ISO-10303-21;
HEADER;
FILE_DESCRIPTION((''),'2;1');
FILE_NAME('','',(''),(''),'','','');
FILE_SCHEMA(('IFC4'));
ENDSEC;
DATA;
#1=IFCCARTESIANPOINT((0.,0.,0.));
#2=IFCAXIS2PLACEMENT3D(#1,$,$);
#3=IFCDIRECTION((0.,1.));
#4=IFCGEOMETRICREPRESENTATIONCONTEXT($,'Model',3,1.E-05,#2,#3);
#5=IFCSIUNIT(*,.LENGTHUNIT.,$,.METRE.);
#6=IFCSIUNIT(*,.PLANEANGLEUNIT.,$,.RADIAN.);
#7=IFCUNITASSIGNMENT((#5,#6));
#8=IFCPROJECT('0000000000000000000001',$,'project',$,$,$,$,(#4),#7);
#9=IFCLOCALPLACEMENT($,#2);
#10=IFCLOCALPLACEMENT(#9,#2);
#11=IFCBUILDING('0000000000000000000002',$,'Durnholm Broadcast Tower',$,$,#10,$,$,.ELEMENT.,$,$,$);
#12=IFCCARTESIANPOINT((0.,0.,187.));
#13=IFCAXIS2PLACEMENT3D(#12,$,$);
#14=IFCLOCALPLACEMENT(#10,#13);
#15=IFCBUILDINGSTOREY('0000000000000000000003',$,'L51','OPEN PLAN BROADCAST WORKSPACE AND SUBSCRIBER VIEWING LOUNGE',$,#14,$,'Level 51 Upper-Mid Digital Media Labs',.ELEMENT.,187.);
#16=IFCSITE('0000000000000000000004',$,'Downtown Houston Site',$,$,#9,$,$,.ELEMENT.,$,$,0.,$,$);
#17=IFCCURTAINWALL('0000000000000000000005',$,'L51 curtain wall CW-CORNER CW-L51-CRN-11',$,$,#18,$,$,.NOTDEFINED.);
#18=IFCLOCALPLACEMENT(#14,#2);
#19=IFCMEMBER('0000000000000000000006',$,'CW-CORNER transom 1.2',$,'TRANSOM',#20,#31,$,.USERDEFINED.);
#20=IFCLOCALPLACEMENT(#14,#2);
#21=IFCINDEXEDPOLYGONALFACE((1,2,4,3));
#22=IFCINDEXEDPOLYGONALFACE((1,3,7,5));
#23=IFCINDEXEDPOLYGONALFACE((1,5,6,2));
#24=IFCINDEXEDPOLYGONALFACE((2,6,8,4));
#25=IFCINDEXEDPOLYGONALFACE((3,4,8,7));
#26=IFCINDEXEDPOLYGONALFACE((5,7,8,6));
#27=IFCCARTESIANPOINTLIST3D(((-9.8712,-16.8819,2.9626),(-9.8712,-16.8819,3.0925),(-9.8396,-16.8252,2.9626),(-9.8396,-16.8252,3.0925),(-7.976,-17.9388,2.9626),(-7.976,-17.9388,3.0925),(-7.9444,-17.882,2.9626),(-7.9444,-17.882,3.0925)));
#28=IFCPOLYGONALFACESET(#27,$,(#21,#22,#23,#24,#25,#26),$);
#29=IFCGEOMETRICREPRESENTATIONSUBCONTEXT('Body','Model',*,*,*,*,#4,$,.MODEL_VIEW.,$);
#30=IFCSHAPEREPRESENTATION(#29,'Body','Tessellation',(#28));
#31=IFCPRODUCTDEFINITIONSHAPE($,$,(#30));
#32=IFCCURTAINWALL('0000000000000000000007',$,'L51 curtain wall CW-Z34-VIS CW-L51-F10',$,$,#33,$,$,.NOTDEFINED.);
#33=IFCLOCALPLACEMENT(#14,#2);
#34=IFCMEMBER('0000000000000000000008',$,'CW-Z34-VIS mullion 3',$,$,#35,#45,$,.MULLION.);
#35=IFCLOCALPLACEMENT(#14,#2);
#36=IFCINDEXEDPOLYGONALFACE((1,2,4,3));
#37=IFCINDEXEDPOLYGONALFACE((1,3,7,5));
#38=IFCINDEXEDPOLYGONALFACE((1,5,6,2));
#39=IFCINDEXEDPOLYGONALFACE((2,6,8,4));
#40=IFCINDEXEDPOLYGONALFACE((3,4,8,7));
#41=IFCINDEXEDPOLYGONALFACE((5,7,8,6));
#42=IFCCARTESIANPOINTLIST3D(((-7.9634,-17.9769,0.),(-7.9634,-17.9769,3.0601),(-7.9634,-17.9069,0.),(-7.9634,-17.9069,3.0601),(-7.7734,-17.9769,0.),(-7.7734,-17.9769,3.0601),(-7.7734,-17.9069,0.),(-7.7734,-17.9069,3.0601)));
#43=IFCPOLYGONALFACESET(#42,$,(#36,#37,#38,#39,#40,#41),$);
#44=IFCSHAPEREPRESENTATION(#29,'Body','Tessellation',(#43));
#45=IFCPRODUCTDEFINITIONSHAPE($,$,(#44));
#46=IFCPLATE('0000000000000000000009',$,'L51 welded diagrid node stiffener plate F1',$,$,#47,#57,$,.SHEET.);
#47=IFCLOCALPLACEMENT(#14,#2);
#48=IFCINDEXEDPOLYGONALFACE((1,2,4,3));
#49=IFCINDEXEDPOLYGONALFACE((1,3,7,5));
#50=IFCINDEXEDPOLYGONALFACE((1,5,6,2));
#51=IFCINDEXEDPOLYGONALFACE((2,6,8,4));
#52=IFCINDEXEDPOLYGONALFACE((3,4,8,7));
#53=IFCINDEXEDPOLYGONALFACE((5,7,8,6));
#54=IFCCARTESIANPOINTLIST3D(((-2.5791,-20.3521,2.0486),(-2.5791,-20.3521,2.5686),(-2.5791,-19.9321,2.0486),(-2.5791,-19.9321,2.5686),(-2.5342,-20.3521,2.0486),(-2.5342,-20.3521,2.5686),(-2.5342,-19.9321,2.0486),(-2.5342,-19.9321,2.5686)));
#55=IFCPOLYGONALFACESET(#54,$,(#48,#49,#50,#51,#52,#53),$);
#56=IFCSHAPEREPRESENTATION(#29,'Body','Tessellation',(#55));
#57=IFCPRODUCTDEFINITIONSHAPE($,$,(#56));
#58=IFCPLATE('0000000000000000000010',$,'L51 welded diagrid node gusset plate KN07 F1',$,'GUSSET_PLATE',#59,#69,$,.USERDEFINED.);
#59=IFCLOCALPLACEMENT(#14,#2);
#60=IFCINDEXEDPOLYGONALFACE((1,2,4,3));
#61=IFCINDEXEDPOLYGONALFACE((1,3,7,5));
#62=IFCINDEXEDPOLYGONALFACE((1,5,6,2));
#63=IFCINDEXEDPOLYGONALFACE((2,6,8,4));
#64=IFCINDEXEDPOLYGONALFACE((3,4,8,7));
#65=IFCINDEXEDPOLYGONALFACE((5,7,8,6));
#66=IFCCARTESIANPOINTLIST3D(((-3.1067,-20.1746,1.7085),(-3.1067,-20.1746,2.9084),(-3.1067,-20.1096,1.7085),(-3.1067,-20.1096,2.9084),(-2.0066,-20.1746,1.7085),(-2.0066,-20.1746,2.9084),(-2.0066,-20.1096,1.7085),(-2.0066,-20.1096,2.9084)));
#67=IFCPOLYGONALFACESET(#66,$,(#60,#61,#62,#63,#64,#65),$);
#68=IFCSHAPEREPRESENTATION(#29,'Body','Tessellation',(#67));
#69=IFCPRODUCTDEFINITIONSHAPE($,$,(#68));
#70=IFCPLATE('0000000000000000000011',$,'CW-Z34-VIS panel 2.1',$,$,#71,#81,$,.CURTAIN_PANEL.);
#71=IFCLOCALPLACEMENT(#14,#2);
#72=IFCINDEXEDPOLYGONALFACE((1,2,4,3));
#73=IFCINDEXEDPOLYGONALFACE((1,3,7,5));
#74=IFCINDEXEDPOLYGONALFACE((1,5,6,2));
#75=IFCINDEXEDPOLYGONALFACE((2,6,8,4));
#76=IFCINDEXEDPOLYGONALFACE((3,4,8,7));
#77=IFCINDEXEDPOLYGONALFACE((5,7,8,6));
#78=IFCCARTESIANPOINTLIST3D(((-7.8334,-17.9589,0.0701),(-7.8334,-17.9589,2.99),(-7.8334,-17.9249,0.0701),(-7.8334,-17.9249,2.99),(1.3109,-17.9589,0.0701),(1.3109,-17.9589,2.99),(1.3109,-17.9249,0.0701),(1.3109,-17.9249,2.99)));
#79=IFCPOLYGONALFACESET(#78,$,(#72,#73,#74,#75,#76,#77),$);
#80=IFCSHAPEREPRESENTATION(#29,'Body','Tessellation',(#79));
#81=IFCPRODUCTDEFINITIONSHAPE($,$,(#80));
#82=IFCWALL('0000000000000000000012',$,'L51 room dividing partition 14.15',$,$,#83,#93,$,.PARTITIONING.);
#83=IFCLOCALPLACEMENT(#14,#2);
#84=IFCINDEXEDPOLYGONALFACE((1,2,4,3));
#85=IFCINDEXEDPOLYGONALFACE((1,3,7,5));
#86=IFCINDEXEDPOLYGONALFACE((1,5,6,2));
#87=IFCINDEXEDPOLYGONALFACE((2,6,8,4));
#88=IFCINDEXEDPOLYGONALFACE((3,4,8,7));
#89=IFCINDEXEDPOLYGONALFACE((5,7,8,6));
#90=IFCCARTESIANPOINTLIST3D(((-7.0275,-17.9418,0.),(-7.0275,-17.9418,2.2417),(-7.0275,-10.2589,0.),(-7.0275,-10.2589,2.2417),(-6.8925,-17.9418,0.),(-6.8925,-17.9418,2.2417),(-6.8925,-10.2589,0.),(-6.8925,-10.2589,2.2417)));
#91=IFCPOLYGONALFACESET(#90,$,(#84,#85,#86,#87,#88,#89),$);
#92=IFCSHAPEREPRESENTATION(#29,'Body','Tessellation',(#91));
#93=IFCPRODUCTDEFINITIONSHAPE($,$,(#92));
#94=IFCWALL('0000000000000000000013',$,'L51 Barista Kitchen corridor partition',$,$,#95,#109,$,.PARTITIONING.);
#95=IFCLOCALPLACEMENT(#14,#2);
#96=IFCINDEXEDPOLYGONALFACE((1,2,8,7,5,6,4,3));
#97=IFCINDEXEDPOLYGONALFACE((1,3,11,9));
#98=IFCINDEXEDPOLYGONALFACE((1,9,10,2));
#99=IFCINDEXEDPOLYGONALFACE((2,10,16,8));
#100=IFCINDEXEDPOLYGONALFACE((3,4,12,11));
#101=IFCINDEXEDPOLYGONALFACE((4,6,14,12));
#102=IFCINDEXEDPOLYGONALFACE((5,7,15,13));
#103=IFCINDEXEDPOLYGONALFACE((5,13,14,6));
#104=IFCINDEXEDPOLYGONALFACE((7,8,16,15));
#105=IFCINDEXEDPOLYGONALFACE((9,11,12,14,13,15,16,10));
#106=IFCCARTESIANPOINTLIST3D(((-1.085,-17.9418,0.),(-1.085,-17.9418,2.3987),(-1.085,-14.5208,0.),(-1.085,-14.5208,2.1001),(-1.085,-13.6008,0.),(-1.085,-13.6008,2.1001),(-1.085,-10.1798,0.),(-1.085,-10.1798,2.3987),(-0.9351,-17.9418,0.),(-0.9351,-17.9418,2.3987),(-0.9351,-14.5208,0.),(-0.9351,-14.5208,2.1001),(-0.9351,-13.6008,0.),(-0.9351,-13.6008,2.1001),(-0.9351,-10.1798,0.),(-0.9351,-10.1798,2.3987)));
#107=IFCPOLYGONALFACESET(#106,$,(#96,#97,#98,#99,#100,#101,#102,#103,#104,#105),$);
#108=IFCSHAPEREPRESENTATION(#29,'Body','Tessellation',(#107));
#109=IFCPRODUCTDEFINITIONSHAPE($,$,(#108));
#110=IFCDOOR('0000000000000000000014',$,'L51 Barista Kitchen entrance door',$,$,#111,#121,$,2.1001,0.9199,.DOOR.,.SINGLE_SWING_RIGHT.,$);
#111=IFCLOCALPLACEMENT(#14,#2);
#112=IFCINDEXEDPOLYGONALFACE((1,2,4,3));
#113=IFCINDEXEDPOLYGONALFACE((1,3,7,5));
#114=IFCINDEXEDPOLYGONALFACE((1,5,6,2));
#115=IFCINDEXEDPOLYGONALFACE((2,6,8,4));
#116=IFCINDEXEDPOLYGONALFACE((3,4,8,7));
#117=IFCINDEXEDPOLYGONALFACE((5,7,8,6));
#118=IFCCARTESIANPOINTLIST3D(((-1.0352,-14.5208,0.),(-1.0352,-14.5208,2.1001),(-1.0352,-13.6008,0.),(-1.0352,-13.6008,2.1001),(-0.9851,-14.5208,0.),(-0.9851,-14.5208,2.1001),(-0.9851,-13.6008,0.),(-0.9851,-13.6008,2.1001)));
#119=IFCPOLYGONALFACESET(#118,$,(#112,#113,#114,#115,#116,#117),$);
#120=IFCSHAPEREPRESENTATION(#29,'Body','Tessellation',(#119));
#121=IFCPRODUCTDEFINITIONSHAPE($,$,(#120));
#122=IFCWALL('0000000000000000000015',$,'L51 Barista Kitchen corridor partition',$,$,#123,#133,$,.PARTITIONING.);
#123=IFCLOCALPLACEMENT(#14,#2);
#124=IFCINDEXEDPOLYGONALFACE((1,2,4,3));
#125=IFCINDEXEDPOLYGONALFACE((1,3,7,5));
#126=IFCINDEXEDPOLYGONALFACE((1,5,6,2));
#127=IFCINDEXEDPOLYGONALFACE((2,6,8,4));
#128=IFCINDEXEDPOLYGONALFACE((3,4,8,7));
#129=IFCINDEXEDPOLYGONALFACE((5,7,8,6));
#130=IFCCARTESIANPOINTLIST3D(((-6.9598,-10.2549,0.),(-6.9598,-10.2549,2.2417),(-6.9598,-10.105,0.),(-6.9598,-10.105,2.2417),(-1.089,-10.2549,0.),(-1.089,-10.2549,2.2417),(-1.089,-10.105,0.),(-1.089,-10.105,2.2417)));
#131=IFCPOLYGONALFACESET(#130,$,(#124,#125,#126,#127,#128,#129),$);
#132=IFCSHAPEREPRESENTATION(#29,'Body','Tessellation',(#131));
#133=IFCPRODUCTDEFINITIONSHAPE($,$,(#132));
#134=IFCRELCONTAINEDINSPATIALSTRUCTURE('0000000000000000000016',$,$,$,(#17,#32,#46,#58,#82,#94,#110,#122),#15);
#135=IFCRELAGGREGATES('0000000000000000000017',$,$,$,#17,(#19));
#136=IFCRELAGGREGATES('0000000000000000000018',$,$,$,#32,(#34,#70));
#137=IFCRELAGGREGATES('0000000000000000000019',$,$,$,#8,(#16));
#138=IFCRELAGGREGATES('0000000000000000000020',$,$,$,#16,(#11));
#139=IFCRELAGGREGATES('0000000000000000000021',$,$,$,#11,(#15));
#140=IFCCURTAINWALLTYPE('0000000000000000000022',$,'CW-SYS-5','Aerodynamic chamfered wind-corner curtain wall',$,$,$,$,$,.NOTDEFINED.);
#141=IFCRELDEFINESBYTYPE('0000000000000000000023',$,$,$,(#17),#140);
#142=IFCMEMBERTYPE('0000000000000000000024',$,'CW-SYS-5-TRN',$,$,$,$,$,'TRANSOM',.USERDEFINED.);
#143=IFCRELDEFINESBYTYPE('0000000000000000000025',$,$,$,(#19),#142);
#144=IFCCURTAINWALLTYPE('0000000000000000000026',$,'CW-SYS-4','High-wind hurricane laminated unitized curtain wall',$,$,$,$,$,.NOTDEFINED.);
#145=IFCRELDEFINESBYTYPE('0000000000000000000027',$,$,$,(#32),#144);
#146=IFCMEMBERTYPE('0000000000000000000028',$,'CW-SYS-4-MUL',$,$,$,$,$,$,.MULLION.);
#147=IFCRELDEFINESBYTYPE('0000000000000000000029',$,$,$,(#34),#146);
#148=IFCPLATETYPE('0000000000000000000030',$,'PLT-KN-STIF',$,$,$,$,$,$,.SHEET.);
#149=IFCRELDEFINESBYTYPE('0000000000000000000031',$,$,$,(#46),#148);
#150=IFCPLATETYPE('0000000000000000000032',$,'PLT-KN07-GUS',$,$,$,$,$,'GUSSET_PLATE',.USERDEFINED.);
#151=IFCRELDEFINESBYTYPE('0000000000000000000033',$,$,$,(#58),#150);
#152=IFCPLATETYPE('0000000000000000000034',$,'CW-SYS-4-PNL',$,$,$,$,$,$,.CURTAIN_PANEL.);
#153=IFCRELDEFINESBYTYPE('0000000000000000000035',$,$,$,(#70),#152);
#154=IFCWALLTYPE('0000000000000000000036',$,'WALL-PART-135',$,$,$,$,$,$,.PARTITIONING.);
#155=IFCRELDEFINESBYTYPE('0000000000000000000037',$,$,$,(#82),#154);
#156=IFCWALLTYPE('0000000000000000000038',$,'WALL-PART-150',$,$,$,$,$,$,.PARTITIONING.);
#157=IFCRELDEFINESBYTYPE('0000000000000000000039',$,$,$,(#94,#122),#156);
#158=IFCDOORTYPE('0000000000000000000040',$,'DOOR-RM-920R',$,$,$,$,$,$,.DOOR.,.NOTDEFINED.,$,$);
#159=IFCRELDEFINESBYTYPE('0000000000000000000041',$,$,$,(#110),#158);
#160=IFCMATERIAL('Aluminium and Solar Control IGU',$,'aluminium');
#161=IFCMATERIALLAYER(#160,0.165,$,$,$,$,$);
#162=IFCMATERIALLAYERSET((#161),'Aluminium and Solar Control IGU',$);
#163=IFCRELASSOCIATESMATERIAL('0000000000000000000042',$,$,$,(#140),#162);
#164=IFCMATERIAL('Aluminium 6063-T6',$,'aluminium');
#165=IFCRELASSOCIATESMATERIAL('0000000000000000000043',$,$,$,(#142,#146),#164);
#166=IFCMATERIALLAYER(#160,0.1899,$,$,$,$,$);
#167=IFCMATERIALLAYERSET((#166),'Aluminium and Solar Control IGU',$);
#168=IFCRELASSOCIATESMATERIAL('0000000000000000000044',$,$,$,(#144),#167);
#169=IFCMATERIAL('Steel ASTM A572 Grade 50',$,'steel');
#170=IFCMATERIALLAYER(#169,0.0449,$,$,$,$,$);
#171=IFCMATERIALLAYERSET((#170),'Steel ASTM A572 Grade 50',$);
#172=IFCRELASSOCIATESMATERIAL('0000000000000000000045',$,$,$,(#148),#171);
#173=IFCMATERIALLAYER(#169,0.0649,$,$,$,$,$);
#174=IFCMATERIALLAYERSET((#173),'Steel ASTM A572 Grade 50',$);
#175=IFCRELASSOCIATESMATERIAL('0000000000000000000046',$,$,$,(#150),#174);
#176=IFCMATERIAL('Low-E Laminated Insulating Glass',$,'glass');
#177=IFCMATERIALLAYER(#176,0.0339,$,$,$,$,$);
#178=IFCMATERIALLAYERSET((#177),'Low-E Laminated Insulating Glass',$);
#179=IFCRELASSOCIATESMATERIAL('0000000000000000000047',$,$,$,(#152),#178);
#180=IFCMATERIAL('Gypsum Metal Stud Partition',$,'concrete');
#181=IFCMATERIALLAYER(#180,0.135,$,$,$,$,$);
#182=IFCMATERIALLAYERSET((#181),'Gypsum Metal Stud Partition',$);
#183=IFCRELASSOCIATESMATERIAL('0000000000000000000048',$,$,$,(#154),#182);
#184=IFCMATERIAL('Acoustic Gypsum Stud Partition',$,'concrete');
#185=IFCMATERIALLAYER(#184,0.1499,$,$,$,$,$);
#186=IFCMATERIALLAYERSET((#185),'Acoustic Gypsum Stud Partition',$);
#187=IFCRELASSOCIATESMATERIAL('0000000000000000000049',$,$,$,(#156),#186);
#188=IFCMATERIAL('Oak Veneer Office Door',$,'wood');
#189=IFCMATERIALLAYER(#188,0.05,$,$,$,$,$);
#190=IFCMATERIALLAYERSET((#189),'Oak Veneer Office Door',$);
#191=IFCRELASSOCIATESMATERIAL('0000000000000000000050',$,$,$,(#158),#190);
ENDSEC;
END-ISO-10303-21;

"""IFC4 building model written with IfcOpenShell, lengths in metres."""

from ifc_helpers import new_model, si_unit, direction, frame, frame_2d, origin, origin_2d, place, context, subcontext, project, spatial, rectangle, extrude, source, transform, mapped, material, layer, layer_set, material_profile, profile_set, type_object, type_shapes, element, fill, aggregate, save


model = new_model("IFC4")

# Units and contexts
model_context = context("Model", 3, precision=1e-05, world=origin(), true_north=direction((0.0, 1.0)))
body_context = subcontext(model_context, "Body", "Model", "MODEL_VIEW")
ifc_project = project(units=[si_unit("LENGTHUNIT", "METRE"), si_unit("PLANEANGLEUNIT", "RADIAN")], contexts=[model_context])

# Site, building, storey
site_placement = place(None, origin())
site = spatial("IfcSite", under=ifc_project, at=site_placement, Name="Downtown Houston Site", CompositionType="ELEMENT", RefElevation=0.0)
building_placement = place(site_placement, origin())
building = spatial("IfcBuilding", under=site, at=building_placement, Name="Durnholm Broadcast Tower", CompositionType="ELEMENT")
storey_placement = place(building_placement, frame((0.0, 0.0, 187.0)))
storey = spatial("IfcBuildingStorey", under=building, at=storey_placement, Name="L51", Description="OPEN PLAN BROADCAST WORKSPACE AND SUBSCRIBER VIEWING LOUNGE", LongName="Level 51 Upper-Mid Digital Media Labs", CompositionType="ELEMENT", Elevation=187.0)

# Curtain wall, member
ifc_material_1 = material(Name="Aluminium and Solar Control IGU", Category="aluminium")
ifc_layer_1 = layer(ifc_material_1, 0.165)
ifc_layer_set_1 = layer_set([ifc_layer_1], Name="Aluminium and Solar Control IGU")
curtain_wall_type_1 = type_object("IfcCurtainWallType", Name="CW-SYS-5", Description="Aerodynamic chamfered wind-corner curtain wall", PredefinedType="NOTDEFINED", material=ifc_layer_set_1)
curtain_wall_1_placement = place(storey_placement, origin())
curtain_wall_1 = element("IfcCurtainWall", 1, at=curtain_wall_1_placement, inside=storey, type_object=curtain_wall_type_1, Name="L51 curtain wall CW-CORNER CW-L51-CRN-11", PredefinedType="NOTDEFINED")
ifc_material_2 = material(Name="Aluminium 6063-T6", Category="aluminium")
ifc_material_profile_1 = material_profile(ifc_material_2, rectangle(XDim=0.0649, YDim=0.1299, at=origin_2d()), Name="CWT65X130")
ifc_profile_set_1 = profile_set([ifc_material_profile_1], Name="Aluminium 6063-T6")
member_type_1 = type_object("IfcMemberType", Name="CW-SYS-5-TRN", ElementType="TRANSOM", PredefinedType="USERDEFINED", material=ifc_profile_set_1)
shared_shape_1 = source(origin(), body_context, "Body", "SweptSolid", [
    extrude(rectangle(XDim=0.0649, YDim=0.1299, at=origin_2d()), origin(), (0.0, 0.0, 1.0), 2.1699),
])
type_shapes(member_type_1, [shared_shape_1])
member_1_placement = place(storey_placement, frame((-7.9602, -17.9104, 3.0276), z_axis=(-0.873381, 0.487037, 0.0), x_axis=(-0.487037, -0.873381, 0.0)))
member_1 = element("IfcMember", 2, at=member_1_placement, type_object=member_type_1, Name="CW-CORNER transom 1.2", ObjectType="TRANSOM", PredefinedType="USERDEFINED", context=body_context, shape_type="MappedRepresentation", body=[
    mapped(shared_shape_1, transform((0.0, 0.0, 0.0), x_axis=(1.0, 0.0, 0.0), y_axis=(0.0, 1.0, 0.0), z_axis=(0.0, 0.0, 1.0), scale=1.0)),
])
aggregate(curtain_wall_1, [member_1])

# Curtain wall, member
ifc_layer_2 = layer(ifc_material_1, 0.1899)
ifc_layer_set_2 = layer_set([ifc_layer_2], Name="Aluminium and Solar Control IGU")
curtain_wall_type_2 = type_object("IfcCurtainWallType", Name="CW-SYS-4", Description="High-wind hurricane laminated unitized curtain wall", PredefinedType="NOTDEFINED", material=ifc_layer_set_2)
curtain_wall_2_placement = place(storey_placement, origin())
curtain_wall_2 = element("IfcCurtainWall", 3, at=curtain_wall_2_placement, inside=storey, type_object=curtain_wall_type_2, Name="L51 curtain wall CW-Z34-VIS CW-L51-F10", PredefinedType="NOTDEFINED")
ifc_material_profile_2 = material_profile(ifc_material_2, rectangle(XDim=0.0701, YDim=0.1899, at=origin_2d()), Name="CWM70X190")
ifc_profile_set_2 = profile_set([ifc_material_profile_2], Name="Aluminium 6063-T6")
member_type_2 = type_object("IfcMemberType", Name="CW-SYS-4-MUL", PredefinedType="MULLION", material=ifc_profile_set_2)
shared_shape_2 = source(origin(), body_context, "Body", "SweptSolid", [
    extrude(rectangle(XDim=0.0701, YDim=0.1899, at=origin_2d()), origin(), (0.0, 0.0, 1.0), 3.0601),
])
type_shapes(member_type_2, [shared_shape_2])
member_2_placement = place(storey_placement, frame((-7.8684, -17.9419, 0.0), z_axis=(0.0, 0.0, 1.0), x_axis=(0.0, -1.0, 0.0)))
member_2 = element("IfcMember", 4, at=member_2_placement, type_object=member_type_2, Name="CW-Z34-VIS mullion 3", PredefinedType="MULLION", context=body_context, shape_type="MappedRepresentation", body=[
    mapped(shared_shape_2, transform((0.0, 0.0, 0.0), x_axis=(1.0, 0.0, 0.0), y_axis=(0.0, 1.0, 0.0), z_axis=(0.0, 0.0, 1.0), scale=1.0)),
])

# Plates
ifc_material_3 = material(Name="Steel ASTM A572 Grade 50", Category="steel")
ifc_layer_3 = layer(ifc_material_3, 0.0449)
ifc_layer_set_3 = layer_set([ifc_layer_3], Name="Steel ASTM A572 Grade 50")
plate_type_1 = type_object("IfcPlateType", Name="PLT-KN-STIF", PredefinedType="SHEET", material=ifc_layer_set_3)
shared_shape_3 = source(origin(), body_context, "Body", "SweptSolid", [
    extrude(rectangle(XDim=0.0449, YDim=0.4199, at=origin_2d()), origin(), (0.0, 0.0, 1.0), 0.52),
])
type_shapes(plate_type_1, [shared_shape_3])
plate_1_placement = place(storey_placement, frame((-2.5566, -20.1421, 2.0486), z_axis=(0.0, 0.0, 1.0), x_axis=(1.0, 0.0, 0.0)))
element("IfcPlate", 5, at=plate_1_placement, inside=storey, type_object=plate_type_1, Name="L51 welded diagrid node stiffener plate F1", PredefinedType="SHEET", context=body_context, shape_type="MappedRepresentation", body=[
    mapped(shared_shape_3, transform((0.0, 0.0, 0.0), x_axis=(1.0, 0.0, 0.0), y_axis=(0.0, 1.0, 0.0), z_axis=(0.0, 0.0, 1.0), scale=1.0)),
])
ifc_layer_4 = layer(ifc_material_3, 0.0649)
ifc_layer_set_4 = layer_set([ifc_layer_4], Name="Steel ASTM A572 Grade 50")
plate_type_2 = type_object("IfcPlateType", Name="PLT-KN07-GUS", ElementType="GUSSET_PLATE", PredefinedType="USERDEFINED", material=ifc_layer_set_4)
shared_shape_4 = source(origin(), body_context, "Body", "SweptSolid", [
    extrude(rectangle(XDim=1.1001, YDim=0.0649, at=origin_2d()), origin(), (0.0, 0.0, 1.0), 1.2),
])
type_shapes(plate_type_2, [shared_shape_4])
plate_2_placement = place(storey_placement, frame((-2.5566, -20.1421, 1.7085), z_axis=(0.0, 0.0, 1.0), x_axis=(1.0, 0.0, 0.0)))
element("IfcPlate", 6, at=plate_2_placement, inside=storey, type_object=plate_type_2, Name="L51 welded diagrid node gusset plate KN07 F1", ObjectType="GUSSET_PLATE", PredefinedType="USERDEFINED", context=body_context, shape_type="MappedRepresentation", body=[
    mapped(shared_shape_4, transform((0.0, 0.0, 0.0), x_axis=(1.0, 0.0, 0.0), y_axis=(0.0, 1.0, 0.0), z_axis=(0.0, 0.0, 1.0), scale=1.0)),
])

# Plate
ifc_material_4 = material(Name="Low-E Laminated Insulating Glass", Category="glass")
ifc_layer_5 = layer(ifc_material_4, 0.0339)
ifc_layer_set_5 = layer_set([ifc_layer_5], Name="Low-E Laminated Insulating Glass")
plate_type_3 = type_object("IfcPlateType", Name="CW-SYS-4-PNL", PredefinedType="CURTAIN_PANEL", material=ifc_layer_set_5)
shared_shape_5 = source(origin(), body_context, "Body", "SweptSolid", [
    extrude(rectangle(XDim=9.1443, YDim=0.0339, at=origin_2d()), origin(), (0.0, 0.0, 1.0), 2.9199),
])
type_shapes(plate_type_3, [shared_shape_5])
plate_3_placement = place(storey_placement, frame((-3.2612, -17.9419, 0.0701), z_axis=(0.0, 0.0, 1.0), x_axis=(-1.0, 0.0, 0.0)))
plate_3 = element("IfcPlate", 7, at=plate_3_placement, type_object=plate_type_3, Name="CW-Z34-VIS panel 2.1", PredefinedType="CURTAIN_PANEL", context=body_context, shape_type="MappedRepresentation", body=[
    mapped(shared_shape_5, transform((0.0, 0.0, 0.0), x_axis=(1.0, 0.0, 0.0), y_axis=(0.0, 1.0, 0.0), z_axis=(0.0, 0.0, 1.0), scale=1.0)),
])
aggregate(curtain_wall_2, [member_2, plate_3])

# Wall
ifc_material_5 = material(Name="Gypsum Metal Stud Partition", Category="concrete")
ifc_layer_6 = layer(ifc_material_5, 0.135)
ifc_layer_set_6 = layer_set([ifc_layer_6], Name="Gypsum Metal Stud Partition")
wall_type_1 = type_object("IfcWallType", Name="WALL-PART-135", PredefinedType="PARTITIONING", material=ifc_layer_set_6)
wall_1_placement = place(storey_placement, frame((-6.96, -10.259, 0.0), z_axis=(0.0, 0.0, 1.0), x_axis=(0.0, -1.0, 0.0)))
element("IfcWall", 8, at=wall_1_placement, inside=storey, type_object=wall_type_1, Name="L51 room dividing partition 14.15", PredefinedType="PARTITIONING", context=body_context, shape_type="SweptSolid", body=[
    extrude(rectangle(XDim=7.6829, YDim=0.135, at=frame_2d((3.8413, 0.0))), origin(), (0.0, 0.0, 1.0), 2.2417),
])

# Wall, opening, door
ifc_material_6 = material(Name="Acoustic Gypsum Stud Partition", Category="concrete")
ifc_layer_7 = layer(ifc_material_6, 0.1499)
ifc_layer_set_7 = layer_set([ifc_layer_7], Name="Acoustic Gypsum Stud Partition")
wall_type_2 = type_object("IfcWallType", Name="WALL-PART-150", PredefinedType="PARTITIONING", material=ifc_layer_set_7)
wall_2_placement = place(storey_placement, frame((-1.01, -10.1799, 0.0), z_axis=(0.0, 0.0, 1.0), x_axis=(0.0, -1.0, 0.0)))
wall_2 = element("IfcWall", 9, at=wall_2_placement, inside=storey, type_object=wall_type_2, Name="L51 Barista Kitchen corridor partition", PredefinedType="PARTITIONING", context=body_context, shape_type="SweptSolid", body=[
    extrude(rectangle(XDim=7.762, YDim=0.1499, at=frame_2d((3.8809, 0.0))), origin(), (0.0, 0.0, 1.0), 2.3987),
])
opening_placement = place(wall_2_placement, frame((3.4209, 0.0, 0.0)))
opening = element("IfcOpeningElement", 10, at=opening_placement, cuts=wall_2, PredefinedType="OPENING", context=body_context, shape_type="SweptSolid", body=[
    extrude(rectangle(XDim=0.9199, YDim=2.1001, at=frame_2d((0.46, 1.05))), frame((0.0, 0.085, 0.0), z_axis=(0.0, -1.0, 0.0), x_axis=(1.0, 0.0, 0.0)), (0.0, 0.0, 1.0), 0.1699),
])
ifc_material_7 = material(Name="Oak Veneer Office Door", Category="wood")
ifc_layer_8 = layer(ifc_material_7, 0.05)
ifc_layer_set_8 = layer_set([ifc_layer_8], Name="Oak Veneer Office Door")
door_type = type_object("IfcDoorType", Name="DOOR-RM-920R", OperationType="NOTDEFINED", PredefinedType="DOOR", material=ifc_layer_set_8)
shared_shape_6 = source(origin(), body_context, "Body", "SweptSolid", [
    extrude(rectangle(XDim=0.9199, YDim=2.1001, at=frame_2d((0.46, 1.05))), frame((0.0, 0.0249, 0.0), z_axis=(0.0, -1.0, 0.0), x_axis=(1.0, 0.0, 0.0)), (0.0, 0.0, 1.0), 0.05),
])
type_shapes(door_type, [shared_shape_6])
door_placement = place(opening_placement, origin())
door = element("IfcDoor", 11, at=door_placement, inside=storey, type_object=door_type, Name="L51 Barista Kitchen entrance door", OperationType="SINGLE_SWING_RIGHT", OverallHeight=2.1001, OverallWidth=0.9199, PredefinedType="DOOR", context=body_context, shape_type="MappedRepresentation", body=[
    mapped(shared_shape_6, transform((0.0, 0.0, 0.0), x_axis=(1.0, 0.0, 0.0), y_axis=(0.0, 1.0, 0.0), z_axis=(0.0, 0.0, 1.0), scale=1.0)),
])
fill(opening, door)

# Wall
wall_3_placement = place(storey_placement, frame((-6.96, -10.1799, 0.0), z_axis=(0.0, 0.0, 1.0), x_axis=(1.0, 0.0, 0.0)))
element("IfcWall", 12, at=wall_3_placement, inside=storey, type_object=wall_type_2, Name="L51 Barista Kitchen corridor partition", PredefinedType="PARTITIONING", context=body_context, shape_type="SweptSolid", body=[
    extrude(rectangle(XDim=5.8708, YDim=0.1499, at=frame_2d((2.9355, 0.0))), origin(), (0.0, 0.0, 1.0), 2.2417),
])

save(model, "model.ifc")
